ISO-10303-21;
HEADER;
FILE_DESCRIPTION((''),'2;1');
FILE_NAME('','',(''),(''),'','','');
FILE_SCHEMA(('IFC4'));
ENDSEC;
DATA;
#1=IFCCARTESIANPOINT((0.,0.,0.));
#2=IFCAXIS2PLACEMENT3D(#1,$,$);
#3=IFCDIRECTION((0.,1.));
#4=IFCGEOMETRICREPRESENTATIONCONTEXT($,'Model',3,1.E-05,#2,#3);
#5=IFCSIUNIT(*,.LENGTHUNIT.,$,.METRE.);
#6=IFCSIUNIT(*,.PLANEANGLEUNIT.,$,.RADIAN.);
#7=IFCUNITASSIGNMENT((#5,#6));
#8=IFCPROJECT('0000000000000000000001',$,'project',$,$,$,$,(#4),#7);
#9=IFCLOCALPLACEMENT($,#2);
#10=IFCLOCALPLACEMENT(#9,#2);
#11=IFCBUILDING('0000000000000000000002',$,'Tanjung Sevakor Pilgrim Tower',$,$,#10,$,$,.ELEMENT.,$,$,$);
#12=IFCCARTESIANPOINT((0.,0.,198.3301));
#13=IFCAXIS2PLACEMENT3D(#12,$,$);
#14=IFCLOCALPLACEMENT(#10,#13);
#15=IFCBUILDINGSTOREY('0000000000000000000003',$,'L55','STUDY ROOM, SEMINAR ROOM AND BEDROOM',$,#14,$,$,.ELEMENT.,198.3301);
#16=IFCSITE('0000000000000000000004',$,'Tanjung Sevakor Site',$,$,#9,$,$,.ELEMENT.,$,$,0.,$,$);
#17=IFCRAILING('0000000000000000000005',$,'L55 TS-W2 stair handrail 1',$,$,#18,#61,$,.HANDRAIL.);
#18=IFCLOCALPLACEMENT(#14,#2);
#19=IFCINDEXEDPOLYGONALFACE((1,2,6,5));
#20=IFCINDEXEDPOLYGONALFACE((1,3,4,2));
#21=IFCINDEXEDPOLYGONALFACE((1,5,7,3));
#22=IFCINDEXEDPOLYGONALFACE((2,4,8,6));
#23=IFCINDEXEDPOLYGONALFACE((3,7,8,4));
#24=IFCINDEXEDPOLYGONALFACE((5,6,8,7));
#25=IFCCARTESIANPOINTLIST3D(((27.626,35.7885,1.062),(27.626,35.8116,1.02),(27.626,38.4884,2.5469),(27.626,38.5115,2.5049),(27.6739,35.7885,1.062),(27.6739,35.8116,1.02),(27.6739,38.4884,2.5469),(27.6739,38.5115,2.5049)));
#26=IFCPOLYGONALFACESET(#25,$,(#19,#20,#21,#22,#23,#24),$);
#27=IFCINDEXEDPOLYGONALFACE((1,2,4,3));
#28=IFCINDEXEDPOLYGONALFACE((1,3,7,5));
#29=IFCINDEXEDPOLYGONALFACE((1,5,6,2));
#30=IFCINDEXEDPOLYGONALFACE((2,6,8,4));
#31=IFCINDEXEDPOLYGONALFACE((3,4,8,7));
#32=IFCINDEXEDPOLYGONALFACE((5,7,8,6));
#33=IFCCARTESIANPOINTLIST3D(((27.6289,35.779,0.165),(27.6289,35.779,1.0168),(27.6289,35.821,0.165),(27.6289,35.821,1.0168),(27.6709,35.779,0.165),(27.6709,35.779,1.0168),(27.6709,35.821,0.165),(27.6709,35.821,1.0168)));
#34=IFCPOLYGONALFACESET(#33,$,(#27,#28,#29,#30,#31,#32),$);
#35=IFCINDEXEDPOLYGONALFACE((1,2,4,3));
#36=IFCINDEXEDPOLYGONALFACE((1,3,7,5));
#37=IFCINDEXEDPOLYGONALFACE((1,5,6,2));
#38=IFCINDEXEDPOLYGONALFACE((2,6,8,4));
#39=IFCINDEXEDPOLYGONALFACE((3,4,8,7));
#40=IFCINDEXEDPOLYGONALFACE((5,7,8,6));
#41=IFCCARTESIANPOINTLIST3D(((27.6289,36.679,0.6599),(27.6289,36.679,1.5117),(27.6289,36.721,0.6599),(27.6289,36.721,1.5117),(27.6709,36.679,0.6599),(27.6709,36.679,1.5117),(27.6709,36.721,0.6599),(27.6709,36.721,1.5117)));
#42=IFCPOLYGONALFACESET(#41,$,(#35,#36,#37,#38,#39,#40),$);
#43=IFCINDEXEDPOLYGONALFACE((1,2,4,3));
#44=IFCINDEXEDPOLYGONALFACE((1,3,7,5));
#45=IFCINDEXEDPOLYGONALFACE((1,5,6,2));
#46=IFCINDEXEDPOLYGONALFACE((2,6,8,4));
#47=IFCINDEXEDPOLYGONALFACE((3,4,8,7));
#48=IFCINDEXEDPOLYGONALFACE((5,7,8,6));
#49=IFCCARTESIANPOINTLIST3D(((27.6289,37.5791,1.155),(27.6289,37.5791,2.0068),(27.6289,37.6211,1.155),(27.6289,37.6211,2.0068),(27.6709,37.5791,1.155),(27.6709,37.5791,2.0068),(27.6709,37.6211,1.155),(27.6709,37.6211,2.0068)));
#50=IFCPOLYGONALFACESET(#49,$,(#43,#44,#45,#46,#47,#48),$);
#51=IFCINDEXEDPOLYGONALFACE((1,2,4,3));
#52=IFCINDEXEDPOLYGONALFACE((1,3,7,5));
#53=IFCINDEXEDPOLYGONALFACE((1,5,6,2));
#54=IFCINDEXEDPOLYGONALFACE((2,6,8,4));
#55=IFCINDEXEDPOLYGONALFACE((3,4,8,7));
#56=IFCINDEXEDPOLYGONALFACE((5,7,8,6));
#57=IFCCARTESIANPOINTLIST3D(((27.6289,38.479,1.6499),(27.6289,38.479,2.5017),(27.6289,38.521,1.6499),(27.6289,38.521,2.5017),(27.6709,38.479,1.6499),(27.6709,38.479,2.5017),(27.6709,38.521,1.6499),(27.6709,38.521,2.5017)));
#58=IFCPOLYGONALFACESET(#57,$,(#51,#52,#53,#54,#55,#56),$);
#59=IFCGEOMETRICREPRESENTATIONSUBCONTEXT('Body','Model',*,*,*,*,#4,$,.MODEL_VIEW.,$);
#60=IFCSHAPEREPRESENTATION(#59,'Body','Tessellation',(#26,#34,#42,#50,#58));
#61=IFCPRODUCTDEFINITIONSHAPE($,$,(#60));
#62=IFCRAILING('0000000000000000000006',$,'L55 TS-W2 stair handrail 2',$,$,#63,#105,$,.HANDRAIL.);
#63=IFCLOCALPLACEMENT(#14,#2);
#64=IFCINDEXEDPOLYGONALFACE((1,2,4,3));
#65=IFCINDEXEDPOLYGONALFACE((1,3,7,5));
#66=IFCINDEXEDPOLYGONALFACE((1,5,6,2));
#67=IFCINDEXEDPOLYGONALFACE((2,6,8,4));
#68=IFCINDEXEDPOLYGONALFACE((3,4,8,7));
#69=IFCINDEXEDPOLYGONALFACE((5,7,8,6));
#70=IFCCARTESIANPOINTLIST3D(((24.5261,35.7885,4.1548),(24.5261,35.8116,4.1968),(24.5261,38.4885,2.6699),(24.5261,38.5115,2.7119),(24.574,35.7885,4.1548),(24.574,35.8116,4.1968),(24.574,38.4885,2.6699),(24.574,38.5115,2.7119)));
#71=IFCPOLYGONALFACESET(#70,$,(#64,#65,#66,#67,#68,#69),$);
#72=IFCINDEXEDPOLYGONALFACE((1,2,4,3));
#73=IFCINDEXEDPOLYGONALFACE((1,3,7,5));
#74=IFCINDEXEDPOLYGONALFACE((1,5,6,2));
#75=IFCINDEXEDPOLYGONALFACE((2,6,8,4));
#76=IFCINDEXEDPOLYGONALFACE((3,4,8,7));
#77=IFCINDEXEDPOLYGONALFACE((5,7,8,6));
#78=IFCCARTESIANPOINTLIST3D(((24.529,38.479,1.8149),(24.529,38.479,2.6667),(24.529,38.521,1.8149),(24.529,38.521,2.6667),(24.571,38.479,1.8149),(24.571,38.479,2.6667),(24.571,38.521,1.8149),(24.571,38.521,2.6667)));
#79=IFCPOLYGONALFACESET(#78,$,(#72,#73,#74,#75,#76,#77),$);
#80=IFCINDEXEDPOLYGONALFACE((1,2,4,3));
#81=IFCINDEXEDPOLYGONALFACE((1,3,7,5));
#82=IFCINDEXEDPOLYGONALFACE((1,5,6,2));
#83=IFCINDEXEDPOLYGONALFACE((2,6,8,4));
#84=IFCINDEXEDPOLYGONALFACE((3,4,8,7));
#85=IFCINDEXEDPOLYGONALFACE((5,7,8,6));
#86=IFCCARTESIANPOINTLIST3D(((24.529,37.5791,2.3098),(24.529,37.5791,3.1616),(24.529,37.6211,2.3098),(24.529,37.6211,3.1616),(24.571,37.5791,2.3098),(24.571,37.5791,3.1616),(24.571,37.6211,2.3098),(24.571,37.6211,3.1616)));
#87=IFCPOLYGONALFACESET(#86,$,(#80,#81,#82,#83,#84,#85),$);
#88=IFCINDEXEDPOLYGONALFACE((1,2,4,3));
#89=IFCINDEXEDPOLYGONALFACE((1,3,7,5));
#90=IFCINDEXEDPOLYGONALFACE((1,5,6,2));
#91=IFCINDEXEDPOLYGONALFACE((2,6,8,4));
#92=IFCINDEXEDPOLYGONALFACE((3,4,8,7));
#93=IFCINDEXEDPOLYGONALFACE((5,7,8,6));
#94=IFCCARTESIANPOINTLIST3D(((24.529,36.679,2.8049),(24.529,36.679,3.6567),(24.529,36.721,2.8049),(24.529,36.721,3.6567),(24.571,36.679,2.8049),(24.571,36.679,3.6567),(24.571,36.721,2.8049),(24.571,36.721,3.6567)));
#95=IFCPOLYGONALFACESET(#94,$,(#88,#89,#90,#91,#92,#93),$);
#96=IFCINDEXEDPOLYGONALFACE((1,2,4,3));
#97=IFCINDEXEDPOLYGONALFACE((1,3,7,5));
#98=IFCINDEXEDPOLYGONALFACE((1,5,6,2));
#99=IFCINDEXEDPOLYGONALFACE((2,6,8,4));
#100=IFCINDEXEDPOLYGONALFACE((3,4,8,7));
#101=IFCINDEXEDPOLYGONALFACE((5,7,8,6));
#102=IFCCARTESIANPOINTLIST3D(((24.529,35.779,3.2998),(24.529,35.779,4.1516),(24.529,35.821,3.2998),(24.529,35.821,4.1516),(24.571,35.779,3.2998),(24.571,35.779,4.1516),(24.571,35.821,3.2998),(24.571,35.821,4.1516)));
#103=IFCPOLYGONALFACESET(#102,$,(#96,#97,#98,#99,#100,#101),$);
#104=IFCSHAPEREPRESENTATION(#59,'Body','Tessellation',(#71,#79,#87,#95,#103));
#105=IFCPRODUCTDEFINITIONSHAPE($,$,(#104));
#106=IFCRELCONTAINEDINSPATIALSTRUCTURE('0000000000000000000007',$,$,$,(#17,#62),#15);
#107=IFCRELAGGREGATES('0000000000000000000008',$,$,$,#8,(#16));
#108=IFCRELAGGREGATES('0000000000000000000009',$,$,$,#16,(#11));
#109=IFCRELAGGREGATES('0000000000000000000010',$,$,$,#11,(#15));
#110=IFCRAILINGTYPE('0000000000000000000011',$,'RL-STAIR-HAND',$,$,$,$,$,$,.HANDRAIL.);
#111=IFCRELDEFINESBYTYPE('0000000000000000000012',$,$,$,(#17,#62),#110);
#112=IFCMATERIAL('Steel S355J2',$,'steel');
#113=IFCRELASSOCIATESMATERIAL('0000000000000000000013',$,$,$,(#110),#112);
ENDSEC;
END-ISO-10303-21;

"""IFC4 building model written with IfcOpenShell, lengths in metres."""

from ifc_helpers import new_model, si_unit, direction, frame, origin, place, context, subcontext, project, spatial, rectangle, extrude, material, type_object, element, save


model = new_model("IFC4")

# Units and contexts
model_context = context("Model", 3, precision=1e-05, world=origin(), true_north=direction((0.0, 1.0)))
body_context = subcontext(model_context, "Body", "Model", "MODEL_VIEW")
ifc_project = project(units=[si_unit("LENGTHUNIT", "METRE"), si_unit("PLANEANGLEUNIT", "RADIAN")], contexts=[model_context])

# Site, building, storey
site_placement = place(None, origin())
site = spatial("IfcSite", under=ifc_project, at=site_placement, Name="Tanjung Sevakor Site", CompositionType="ELEMENT", RefElevation=0.0)
building_placement = place(site_placement, origin())
building = spatial("IfcBuilding", under=site, at=building_placement, Name="Tanjung Sevakor Pilgrim Tower", CompositionType="ELEMENT")
storey_placement = place(building_placement, frame((0.0, 0.0, 198.3301)))
storey = spatial("IfcBuildingStorey", under=building, at=storey_placement, Name="L55", Description="STUDY ROOM, SEMINAR ROOM AND BEDROOM", CompositionType="ELEMENT", Elevation=198.3301)

# Railings
ifc_material_1 = material(Name="Steel S355J2", Category="steel")
railing_type_1 = type_object("IfcRailingType", Name="RL-STAIR-HAND", PredefinedType="HANDRAIL", material=ifc_material_1)
railing_1_placement = place(storey_placement, frame((27.6499, 35.8, 0.165)))
element("IfcRailing", 1, at=railing_1_placement, inside=storey, type_object=railing_type_1, Name="L55 TS-W2 stair handrail 1", PredefinedType="HANDRAIL", context=body_context, shape_type="SweptSolid", body=[
    extrude(rectangle(XDim=0.0479, YDim=0.0479), frame((0.0, 0.0, 0.876), z_axis=(0.0, 0.876231, 0.481891), x_axis=(-1.0, 0.0, 0.0)), (0.0, 0.0, 1.0), 3.0813),
    extrude(rectangle(XDim=0.042, YDim=0.042), origin(), (0.0, 0.0, 1.0), 0.8518),
    extrude(rectangle(XDim=0.042, YDim=0.042), frame((0.0, 0.8999, 0.4949)), (0.0, 0.0, 1.0), 0.8518),
    extrude(rectangle(XDim=0.042, YDim=0.042), frame((0.0, 1.8, 0.99)), (0.0, 0.0, 1.0), 0.8518),
    extrude(rectangle(XDim=0.042, YDim=0.042), frame((0.0, 2.7, 1.4849)), (0.0, 0.0, 1.0), 0.8518),
])
railing_2_placement = place(storey_placement, frame((24.55, 38.5, 1.8149)))
element("IfcRailing", 2, at=railing_2_placement, inside=storey, type_object=railing_type_1, Name="L55 TS-W2 stair handrail 2", PredefinedType="HANDRAIL", context=body_context, shape_type="SweptSolid", body=[
    extrude(rectangle(XDim=0.0479, YDim=0.0479), frame((0.0, 0.0, 0.876), z_axis=(0.0, -0.876231, 0.481891), x_axis=(1.0, 0.0, 0.0)), (0.0, 0.0, 1.0), 3.0813),
    extrude(rectangle(XDim=0.042, YDim=0.042), origin(), (0.0, 0.0, 1.0), 0.8518),
    extrude(rectangle(XDim=0.042, YDim=0.042), frame((0.0, -0.8999, 0.4949)), (0.0, 0.0, 1.0), 0.8518),
    extrude(rectangle(XDim=0.042, YDim=0.042), frame((0.0, -1.8, 0.99)), (0.0, 0.0, 1.0), 0.8518),
    extrude(rectangle(XDim=0.042, YDim=0.042), frame((0.0, -2.7, 1.4849)), (0.0, 0.0, 1.0), 0.8518),
])

save(model, "model.ifc")
